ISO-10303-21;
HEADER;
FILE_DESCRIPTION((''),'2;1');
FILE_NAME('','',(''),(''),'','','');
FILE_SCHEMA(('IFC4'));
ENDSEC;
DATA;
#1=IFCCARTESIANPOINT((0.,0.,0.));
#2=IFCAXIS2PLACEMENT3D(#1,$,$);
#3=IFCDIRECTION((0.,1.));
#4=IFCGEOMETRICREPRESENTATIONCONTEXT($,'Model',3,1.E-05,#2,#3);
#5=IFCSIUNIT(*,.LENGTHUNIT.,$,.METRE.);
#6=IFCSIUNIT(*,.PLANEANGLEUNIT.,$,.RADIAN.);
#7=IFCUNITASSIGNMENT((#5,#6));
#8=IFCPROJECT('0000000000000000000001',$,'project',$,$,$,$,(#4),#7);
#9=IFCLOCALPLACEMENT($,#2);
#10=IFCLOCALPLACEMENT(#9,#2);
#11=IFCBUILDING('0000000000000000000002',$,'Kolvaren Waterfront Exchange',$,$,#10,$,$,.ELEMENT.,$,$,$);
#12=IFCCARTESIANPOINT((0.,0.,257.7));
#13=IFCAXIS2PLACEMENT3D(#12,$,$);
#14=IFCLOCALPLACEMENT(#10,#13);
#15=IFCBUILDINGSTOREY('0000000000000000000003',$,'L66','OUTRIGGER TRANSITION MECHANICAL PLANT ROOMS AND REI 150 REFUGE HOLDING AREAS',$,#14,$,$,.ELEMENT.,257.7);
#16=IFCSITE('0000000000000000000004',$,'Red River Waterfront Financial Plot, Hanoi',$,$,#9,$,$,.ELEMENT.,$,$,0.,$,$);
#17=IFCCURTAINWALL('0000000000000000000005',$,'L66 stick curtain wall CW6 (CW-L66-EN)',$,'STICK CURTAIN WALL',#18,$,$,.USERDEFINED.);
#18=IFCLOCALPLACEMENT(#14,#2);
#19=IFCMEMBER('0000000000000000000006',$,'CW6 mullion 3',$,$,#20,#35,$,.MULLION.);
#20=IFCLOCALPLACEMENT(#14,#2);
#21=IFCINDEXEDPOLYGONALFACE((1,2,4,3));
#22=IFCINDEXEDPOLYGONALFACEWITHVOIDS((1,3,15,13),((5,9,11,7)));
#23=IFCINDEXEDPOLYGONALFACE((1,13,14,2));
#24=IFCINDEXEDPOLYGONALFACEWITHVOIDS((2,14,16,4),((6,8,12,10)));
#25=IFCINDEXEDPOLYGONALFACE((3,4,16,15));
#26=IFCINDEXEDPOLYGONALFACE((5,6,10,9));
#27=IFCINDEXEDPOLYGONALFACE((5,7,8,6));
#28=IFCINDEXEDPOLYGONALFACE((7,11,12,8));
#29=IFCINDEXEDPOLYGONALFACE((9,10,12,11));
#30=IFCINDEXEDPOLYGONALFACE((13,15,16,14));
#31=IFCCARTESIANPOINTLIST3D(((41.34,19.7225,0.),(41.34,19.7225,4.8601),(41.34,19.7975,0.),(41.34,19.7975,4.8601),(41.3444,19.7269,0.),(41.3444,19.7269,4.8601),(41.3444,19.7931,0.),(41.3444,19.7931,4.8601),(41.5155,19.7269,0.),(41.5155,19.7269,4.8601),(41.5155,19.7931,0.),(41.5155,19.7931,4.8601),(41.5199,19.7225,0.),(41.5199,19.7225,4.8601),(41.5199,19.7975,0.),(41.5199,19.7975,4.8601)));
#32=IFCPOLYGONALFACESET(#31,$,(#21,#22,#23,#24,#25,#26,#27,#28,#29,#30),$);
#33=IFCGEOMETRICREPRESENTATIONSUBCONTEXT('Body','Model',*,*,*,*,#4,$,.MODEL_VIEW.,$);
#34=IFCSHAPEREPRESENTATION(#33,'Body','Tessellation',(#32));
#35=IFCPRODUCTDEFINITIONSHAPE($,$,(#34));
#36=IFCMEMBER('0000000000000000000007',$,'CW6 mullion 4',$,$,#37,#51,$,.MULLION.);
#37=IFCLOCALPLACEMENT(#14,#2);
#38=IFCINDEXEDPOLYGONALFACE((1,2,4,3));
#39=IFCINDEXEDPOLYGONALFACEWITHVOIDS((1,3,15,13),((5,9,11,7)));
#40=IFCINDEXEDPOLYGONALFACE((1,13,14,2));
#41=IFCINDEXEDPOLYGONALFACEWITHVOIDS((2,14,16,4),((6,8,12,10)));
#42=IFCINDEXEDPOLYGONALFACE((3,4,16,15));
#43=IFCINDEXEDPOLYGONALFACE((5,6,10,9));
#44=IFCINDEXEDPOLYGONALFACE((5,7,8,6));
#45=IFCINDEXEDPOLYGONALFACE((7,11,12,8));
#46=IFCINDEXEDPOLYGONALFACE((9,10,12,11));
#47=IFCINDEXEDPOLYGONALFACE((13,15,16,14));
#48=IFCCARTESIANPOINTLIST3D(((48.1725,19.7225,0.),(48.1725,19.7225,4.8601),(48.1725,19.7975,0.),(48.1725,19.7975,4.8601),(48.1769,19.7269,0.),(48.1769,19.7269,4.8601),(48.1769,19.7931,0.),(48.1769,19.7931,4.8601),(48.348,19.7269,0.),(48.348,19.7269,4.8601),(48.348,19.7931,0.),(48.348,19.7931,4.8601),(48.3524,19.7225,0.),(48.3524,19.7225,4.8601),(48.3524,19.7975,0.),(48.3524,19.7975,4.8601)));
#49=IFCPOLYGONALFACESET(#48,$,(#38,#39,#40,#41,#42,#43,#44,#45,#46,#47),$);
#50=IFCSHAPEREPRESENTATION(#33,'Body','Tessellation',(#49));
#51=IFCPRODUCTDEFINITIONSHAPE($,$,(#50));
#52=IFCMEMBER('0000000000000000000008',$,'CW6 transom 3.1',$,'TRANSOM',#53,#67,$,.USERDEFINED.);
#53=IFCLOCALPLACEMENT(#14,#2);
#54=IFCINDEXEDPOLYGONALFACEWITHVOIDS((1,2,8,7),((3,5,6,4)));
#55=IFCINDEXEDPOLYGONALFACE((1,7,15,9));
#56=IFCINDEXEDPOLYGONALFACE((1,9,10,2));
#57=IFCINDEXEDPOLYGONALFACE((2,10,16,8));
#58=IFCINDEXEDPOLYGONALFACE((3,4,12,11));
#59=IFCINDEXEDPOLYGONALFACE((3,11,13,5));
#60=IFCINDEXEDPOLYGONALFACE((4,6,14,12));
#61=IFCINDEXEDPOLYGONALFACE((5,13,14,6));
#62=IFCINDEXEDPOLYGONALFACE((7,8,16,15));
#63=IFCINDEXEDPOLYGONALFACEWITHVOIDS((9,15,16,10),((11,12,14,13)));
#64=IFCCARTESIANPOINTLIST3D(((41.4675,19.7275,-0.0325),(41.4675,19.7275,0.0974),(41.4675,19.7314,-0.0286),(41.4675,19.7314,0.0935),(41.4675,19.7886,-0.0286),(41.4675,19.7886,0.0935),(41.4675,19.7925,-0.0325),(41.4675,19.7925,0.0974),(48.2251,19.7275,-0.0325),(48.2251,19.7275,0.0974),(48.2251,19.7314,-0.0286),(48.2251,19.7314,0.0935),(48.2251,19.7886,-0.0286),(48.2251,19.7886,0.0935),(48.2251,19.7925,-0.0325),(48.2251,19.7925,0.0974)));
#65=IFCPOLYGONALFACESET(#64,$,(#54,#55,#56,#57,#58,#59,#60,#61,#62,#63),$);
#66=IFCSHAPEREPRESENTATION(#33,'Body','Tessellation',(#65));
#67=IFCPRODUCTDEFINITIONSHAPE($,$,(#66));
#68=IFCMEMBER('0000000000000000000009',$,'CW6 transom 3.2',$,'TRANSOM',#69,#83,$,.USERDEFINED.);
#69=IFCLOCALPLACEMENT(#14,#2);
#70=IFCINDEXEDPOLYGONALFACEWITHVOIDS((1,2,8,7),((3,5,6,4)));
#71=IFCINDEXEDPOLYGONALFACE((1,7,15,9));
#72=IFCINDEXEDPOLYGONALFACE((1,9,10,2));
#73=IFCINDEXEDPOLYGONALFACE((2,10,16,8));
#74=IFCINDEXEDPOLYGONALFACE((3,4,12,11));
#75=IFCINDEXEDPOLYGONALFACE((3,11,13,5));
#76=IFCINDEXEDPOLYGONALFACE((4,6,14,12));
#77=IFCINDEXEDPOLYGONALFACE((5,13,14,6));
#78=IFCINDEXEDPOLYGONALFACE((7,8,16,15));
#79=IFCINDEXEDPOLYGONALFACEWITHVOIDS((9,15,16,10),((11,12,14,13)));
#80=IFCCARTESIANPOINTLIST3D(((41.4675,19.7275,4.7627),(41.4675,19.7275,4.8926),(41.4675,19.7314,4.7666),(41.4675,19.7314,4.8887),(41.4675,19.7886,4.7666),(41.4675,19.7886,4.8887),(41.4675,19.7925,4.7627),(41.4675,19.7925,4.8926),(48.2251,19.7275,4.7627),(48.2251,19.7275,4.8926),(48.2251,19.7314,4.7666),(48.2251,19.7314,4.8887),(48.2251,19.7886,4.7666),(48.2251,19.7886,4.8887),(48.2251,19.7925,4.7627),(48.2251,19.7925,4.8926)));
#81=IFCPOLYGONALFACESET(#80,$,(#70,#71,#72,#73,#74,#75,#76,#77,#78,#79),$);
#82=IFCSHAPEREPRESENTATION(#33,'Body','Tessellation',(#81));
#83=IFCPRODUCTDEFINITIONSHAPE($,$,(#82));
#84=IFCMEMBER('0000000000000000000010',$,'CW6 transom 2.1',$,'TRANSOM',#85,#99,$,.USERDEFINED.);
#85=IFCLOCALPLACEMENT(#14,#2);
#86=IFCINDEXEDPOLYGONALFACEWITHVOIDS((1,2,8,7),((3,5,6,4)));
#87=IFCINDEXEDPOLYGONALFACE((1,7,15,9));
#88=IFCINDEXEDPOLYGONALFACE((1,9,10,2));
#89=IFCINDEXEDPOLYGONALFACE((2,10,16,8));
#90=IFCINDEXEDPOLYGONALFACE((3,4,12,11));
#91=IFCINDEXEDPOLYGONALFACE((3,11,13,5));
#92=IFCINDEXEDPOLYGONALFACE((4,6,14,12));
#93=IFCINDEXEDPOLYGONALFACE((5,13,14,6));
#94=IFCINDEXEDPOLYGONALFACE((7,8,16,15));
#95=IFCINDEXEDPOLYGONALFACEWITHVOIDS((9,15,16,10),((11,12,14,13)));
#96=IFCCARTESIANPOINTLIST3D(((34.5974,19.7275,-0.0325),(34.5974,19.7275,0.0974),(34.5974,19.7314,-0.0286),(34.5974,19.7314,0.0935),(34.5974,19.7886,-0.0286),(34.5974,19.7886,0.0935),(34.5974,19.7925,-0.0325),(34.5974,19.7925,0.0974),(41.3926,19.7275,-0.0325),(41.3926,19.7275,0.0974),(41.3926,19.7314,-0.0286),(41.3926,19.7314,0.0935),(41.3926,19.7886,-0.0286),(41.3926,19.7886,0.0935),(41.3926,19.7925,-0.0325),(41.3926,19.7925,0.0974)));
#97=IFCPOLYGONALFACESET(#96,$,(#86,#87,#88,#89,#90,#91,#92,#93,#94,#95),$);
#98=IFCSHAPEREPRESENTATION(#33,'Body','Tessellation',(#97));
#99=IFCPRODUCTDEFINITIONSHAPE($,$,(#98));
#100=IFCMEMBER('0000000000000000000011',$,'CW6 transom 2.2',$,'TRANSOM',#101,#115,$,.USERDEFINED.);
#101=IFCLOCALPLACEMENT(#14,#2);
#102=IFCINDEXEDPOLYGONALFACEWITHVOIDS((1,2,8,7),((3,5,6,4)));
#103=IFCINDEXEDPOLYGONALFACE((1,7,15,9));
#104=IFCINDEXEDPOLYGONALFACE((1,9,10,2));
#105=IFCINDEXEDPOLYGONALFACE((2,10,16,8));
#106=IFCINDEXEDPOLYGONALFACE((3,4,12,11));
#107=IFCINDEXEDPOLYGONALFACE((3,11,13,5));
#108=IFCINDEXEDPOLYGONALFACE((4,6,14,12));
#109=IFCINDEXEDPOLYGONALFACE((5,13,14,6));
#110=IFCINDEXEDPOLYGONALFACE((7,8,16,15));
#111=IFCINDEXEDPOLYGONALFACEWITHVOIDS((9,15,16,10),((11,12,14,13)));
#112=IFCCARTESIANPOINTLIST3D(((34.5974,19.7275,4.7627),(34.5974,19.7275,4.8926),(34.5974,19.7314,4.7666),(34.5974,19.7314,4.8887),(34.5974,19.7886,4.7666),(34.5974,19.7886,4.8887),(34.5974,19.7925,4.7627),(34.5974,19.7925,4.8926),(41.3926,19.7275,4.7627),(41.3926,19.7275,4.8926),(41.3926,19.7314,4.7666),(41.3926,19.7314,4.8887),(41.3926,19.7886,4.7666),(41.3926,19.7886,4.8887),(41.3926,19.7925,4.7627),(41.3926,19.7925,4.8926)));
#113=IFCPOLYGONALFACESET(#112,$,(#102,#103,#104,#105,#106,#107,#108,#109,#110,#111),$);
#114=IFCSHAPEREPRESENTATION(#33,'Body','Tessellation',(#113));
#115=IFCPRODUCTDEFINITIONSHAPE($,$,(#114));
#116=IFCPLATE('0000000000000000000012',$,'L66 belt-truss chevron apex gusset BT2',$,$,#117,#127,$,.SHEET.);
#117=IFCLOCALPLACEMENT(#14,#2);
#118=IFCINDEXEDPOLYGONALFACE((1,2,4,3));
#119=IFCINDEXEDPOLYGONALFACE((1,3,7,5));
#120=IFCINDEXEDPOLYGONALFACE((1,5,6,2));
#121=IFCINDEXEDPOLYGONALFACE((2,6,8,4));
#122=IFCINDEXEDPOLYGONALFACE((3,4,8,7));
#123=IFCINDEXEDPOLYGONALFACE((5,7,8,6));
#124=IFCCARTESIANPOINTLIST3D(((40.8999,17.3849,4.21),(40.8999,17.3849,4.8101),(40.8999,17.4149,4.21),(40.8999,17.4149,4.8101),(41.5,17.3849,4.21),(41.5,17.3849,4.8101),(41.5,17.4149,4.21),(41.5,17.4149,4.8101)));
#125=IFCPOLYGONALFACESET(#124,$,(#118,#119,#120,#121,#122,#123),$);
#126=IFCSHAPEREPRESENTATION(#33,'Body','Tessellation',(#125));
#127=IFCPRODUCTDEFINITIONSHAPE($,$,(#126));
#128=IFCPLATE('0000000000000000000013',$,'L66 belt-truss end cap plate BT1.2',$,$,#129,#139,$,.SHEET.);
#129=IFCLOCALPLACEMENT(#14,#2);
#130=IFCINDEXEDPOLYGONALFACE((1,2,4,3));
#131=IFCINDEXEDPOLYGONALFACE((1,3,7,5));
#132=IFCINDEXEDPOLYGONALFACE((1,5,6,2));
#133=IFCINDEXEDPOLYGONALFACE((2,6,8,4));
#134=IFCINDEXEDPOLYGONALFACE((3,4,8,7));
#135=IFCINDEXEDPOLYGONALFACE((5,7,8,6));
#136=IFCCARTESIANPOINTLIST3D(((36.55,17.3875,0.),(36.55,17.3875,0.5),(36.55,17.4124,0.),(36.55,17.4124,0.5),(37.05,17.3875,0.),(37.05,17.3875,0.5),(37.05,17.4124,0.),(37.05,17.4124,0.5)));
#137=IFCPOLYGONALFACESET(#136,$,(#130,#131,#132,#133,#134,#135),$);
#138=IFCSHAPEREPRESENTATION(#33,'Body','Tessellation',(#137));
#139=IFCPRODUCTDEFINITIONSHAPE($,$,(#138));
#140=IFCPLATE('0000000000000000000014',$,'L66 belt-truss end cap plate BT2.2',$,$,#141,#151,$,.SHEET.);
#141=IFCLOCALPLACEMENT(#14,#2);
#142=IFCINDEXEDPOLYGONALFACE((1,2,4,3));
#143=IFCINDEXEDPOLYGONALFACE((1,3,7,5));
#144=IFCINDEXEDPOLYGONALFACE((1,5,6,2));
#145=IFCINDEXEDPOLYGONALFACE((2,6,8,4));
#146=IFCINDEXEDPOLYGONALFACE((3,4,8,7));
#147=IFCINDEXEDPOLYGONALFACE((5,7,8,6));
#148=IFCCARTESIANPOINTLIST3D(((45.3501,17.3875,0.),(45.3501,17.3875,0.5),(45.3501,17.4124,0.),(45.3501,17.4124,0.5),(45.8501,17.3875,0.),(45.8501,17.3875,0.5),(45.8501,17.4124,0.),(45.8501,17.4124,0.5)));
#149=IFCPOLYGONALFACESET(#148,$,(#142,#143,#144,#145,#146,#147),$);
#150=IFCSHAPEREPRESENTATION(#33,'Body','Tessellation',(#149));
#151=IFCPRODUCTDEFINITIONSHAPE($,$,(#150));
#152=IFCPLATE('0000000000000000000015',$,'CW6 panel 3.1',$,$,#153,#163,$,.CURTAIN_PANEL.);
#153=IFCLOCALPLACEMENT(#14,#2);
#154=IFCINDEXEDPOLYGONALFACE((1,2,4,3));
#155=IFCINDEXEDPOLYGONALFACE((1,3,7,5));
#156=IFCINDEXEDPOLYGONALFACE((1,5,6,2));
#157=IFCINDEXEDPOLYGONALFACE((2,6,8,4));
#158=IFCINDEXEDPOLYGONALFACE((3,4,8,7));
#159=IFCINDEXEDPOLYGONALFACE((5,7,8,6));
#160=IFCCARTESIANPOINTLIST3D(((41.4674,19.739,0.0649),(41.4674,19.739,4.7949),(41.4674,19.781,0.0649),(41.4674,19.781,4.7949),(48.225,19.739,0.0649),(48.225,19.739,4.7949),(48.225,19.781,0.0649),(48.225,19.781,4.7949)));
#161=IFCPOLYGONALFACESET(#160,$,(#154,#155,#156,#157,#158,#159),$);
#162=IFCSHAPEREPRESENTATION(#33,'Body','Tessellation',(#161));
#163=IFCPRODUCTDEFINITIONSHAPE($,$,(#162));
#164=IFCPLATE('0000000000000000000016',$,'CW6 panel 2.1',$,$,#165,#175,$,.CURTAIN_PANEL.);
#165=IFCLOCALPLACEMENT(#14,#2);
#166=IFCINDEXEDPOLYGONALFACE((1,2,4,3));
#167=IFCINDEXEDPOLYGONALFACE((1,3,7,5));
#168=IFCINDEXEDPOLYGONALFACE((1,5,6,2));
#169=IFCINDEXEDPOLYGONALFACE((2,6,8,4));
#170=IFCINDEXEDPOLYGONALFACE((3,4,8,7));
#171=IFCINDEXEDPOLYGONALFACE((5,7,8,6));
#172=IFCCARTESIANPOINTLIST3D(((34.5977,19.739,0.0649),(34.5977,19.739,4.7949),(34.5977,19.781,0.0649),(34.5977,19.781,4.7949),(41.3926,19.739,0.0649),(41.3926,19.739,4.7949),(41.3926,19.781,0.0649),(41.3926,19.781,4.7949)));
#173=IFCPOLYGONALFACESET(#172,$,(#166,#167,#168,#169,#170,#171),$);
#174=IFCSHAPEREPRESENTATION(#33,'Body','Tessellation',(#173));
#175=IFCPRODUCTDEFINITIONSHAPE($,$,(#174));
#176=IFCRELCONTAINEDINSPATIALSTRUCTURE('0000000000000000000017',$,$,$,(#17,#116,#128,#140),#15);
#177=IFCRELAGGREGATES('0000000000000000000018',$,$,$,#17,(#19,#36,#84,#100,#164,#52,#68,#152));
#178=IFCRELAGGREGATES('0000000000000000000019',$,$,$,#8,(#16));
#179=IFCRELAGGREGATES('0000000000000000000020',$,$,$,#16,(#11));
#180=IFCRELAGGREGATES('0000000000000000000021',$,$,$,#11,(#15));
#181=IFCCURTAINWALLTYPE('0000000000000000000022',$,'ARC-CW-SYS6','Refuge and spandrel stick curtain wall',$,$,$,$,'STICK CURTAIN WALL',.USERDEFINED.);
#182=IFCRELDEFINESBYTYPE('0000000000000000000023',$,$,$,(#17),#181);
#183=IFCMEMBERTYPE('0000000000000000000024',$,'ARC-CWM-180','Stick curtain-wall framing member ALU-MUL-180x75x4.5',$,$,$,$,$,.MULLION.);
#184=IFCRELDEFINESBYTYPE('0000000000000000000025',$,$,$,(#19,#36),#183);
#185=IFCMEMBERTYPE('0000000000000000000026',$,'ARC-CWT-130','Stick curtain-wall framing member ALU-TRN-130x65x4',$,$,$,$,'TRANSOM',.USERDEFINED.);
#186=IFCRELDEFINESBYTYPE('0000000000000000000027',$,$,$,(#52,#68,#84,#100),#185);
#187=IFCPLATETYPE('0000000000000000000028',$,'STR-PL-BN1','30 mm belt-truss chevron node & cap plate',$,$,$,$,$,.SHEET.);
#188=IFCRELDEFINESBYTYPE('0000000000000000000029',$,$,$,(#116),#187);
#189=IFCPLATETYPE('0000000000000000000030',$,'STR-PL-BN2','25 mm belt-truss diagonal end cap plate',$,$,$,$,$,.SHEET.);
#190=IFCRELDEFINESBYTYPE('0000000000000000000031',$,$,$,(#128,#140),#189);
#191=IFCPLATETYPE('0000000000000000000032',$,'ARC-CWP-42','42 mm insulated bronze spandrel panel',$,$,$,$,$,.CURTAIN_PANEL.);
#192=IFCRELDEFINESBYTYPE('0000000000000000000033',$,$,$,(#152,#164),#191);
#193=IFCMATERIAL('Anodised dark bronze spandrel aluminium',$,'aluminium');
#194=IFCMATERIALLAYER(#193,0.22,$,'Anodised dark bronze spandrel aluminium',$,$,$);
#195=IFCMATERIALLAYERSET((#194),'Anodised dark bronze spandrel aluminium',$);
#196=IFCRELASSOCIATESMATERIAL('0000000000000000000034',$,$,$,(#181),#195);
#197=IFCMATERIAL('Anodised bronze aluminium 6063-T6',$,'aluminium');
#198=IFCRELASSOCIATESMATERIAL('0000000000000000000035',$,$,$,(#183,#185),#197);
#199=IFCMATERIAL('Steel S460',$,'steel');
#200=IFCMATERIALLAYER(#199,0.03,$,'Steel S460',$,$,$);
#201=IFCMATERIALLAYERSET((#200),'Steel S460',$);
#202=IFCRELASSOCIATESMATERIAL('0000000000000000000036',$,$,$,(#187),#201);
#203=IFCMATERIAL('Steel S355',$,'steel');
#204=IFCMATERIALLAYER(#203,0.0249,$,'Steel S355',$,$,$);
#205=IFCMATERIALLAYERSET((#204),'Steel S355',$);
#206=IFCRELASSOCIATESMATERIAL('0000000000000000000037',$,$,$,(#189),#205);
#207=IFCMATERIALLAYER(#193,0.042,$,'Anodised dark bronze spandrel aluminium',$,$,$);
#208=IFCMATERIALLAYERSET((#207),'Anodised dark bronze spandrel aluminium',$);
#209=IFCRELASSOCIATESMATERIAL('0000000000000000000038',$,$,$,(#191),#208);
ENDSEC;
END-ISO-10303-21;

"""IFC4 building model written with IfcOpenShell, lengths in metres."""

from ifc_helpers import new_model, si_unit, direction, frame, origin, origin_with_axes, origin_2d, place, context, subcontext, project, spatial, rectangle, hollow_rectangle, extrude, source, transform, mapped, material, layer, layer_set, material_profile, profile_set, type_object, element, aggregate, save


model = new_model("IFC4")

# Units and contexts
model_context = context("Model", 3, precision=1e-05, world=origin(), true_north=direction((0.0, 1.0)))
body_context = subcontext(model_context, "Body", "Model", "MODEL_VIEW")
ifc_project = project(units=[si_unit("LENGTHUNIT", "METRE"), si_unit("PLANEANGLEUNIT", "RADIAN")], contexts=[model_context])

# Site, building, storey
site_placement = place(None, origin())
site = spatial("IfcSite", under=ifc_project, at=site_placement, Name="Red River Waterfront Financial Plot, Hanoi", CompositionType="ELEMENT", RefElevation=0.0)
building_placement = place(site_placement, origin())
building = spatial("IfcBuilding", under=site, at=building_placement, Name="Kolvaren Waterfront Exchange", CompositionType="ELEMENT")
storey_placement = place(building_placement, frame((0.0, 0.0, 257.7)))
storey = spatial("IfcBuildingStorey", under=building, at=storey_placement, Name="L66", Description="OUTRIGGER TRANSITION MECHANICAL PLANT ROOMS AND REI 150 REFUGE HOLDING AREAS", CompositionType="ELEMENT", Elevation=257.7)

# Shared definitions
ifc_material_1 = material(Name="Steel S355", Category="steel")

# Shared definitions
ifc_material_2 = material(Name="Steel S460", Category="steel")

# Curtain wall, members
ifc_material_3 = material(Name="Anodised dark bronze spandrel aluminium", Category="aluminium")
ifc_layer_1 = layer(ifc_material_3, 0.22, Name="Anodised dark bronze spandrel aluminium")
ifc_layer_set_1 = layer_set([ifc_layer_1], Name="Anodised dark bronze spandrel aluminium")
curtain_wall_type = type_object("IfcCurtainWallType", Name="ARC-CW-SYS6", Description="Refuge and spandrel stick curtain wall", ElementType="STICK CURTAIN WALL", PredefinedType="USERDEFINED", material=ifc_layer_set_1)
curtain_wall_placement = place(storey_placement, origin())
curtain_wall = element("IfcCurtainWall", 1, at=curtain_wall_placement, inside=storey, type_object=curtain_wall_type, Name="L66 stick curtain wall CW6 (CW-L66-EN)", ObjectType="STICK CURTAIN WALL", PredefinedType="USERDEFINED")
ifc_material_4 = material(Name="Anodised bronze aluminium 6063-T6", Category="aluminium")
ifc_material_profile_1 = material_profile(ifc_material_4, hollow_rectangle(XDim=0.075, YDim=0.1799, WallThickness=0.0044, at=origin_2d()), Name="ALU-MUL-180x75x4.5")
ifc_profile_set_1 = profile_set([ifc_material_profile_1], Name="Anodised bronze aluminium 6063-T6")
member_type_1 = type_object("IfcMemberType", Name="ARC-CWM-180", Description="Stick curtain-wall framing member ALU-MUL-180x75x4.5", PredefinedType="MULLION", material=ifc_profile_set_1)
shared_shape_1 = source(origin_with_axes(), body_context, "Body", "SweptSolid", [
    extrude(hollow_rectangle(XDim=0.075, YDim=0.1799, WallThickness=0.0044, at=origin_2d()), origin(), (0.0, 0.0, 1.0), 4.8601),
])
member_1_placement = place(storey_placement, frame((41.4299, 19.76, 0.0), z_axis=(0.0, 0.0, 1.0), x_axis=(0.0, 1.0, 0.0)))
member_1 = element("IfcMember", 2, at=member_1_placement, type_object=member_type_1, Name="CW6 mullion 3", PredefinedType="MULLION", context=body_context, shape_type="MappedRepresentation", body=[
    mapped(shared_shape_1, transform((0.0, 0.0, 0.0), x_axis=(1.0, 0.0, 0.0), y_axis=(0.0, 1.0, 0.0), z_axis=(0.0, 0.0, 1.0), scale=1.0)),
])
member_2_placement = place(storey_placement, frame((48.2625, 19.76, 0.0), z_axis=(0.0, 0.0, 1.0), x_axis=(0.0, 1.0, 0.0)))
member_2 = element("IfcMember", 3, at=member_2_placement, type_object=member_type_1, Name="CW6 mullion 4", PredefinedType="MULLION", context=body_context, shape_type="MappedRepresentation", body=[
    mapped(shared_shape_1, transform((0.0, 0.0, 0.0), x_axis=(1.0, 0.0, 0.0), y_axis=(0.0, 1.0, 0.0), z_axis=(0.0, 0.0, 1.0), scale=1.0)),
])
ifc_material_profile_2 = material_profile(ifc_material_4, hollow_rectangle(XDim=0.0649, YDim=0.1299, WallThickness=0.0039, at=origin_2d()), Name="ALU-TRN-130x65x4")
ifc_profile_set_2 = profile_set([ifc_material_profile_2], Name="Anodised bronze aluminium 6063-T6")
member_type_2 = type_object("IfcMemberType", Name="ARC-CWT-130", Description="Stick curtain-wall framing member ALU-TRN-130x65x4", ElementType="TRANSOM", PredefinedType="USERDEFINED", material=ifc_profile_set_2)
shared_shape_2 = source(origin_with_axes(), body_context, "Body", "SweptSolid", [
    extrude(hollow_rectangle(XDim=0.0649, YDim=0.1299, WallThickness=0.0039, at=origin_2d()), origin(), (0.0, 0.0, 1.0), 6.7576),
])
member_3_placement = place(storey_placement, frame((41.4675, 19.76, 0.0325), z_axis=(1.0, 0.0, 0.0), x_axis=(0.0, 1.0, 0.0)))
member_3 = element("IfcMember", 4, at=member_3_placement, type_object=member_type_2, Name="CW6 transom 3.1", ObjectType="TRANSOM", PredefinedType="USERDEFINED", context=body_context, shape_type="MappedRepresentation", body=[
    mapped(shared_shape_2, transform((0.0, 0.0, 0.0), x_axis=(1.0, 0.0, 0.0), y_axis=(0.0, 1.0, 0.0), z_axis=(0.0, 0.0, 1.0), scale=1.0)),
])
member_4_placement = place(storey_placement, frame((41.4675, 19.76, 4.8276), z_axis=(1.0, 0.0, 0.0), x_axis=(0.0, 1.0, 0.0)))
member_4 = element("IfcMember", 5, at=member_4_placement, type_object=member_type_2, Name="CW6 transom 3.2", ObjectType="TRANSOM", PredefinedType="USERDEFINED", context=body_context, shape_type="MappedRepresentation", body=[
    mapped(shared_shape_2, transform((0.0, 0.0, 0.0), x_axis=(1.0, 0.0, 0.0), y_axis=(0.0, 1.0, 0.0), z_axis=(0.0, 0.0, 1.0), scale=1.0)),
])
shared_shape_3 = source(origin_with_axes(), body_context, "Body", "SweptSolid", [
    extrude(hollow_rectangle(XDim=0.0649, YDim=0.1299, WallThickness=0.0039, at=origin_2d()), origin(), (0.0, 0.0, 1.0), 6.7952),
])
member_5_placement = place(storey_placement, frame((34.5974, 19.76, 0.0325), z_axis=(1.0, 0.0, 0.0), x_axis=(0.0, 1.0, 0.0)))
member_5 = element("IfcMember", 6, at=member_5_placement, type_object=member_type_2, Name="CW6 transom 2.1", ObjectType="TRANSOM", PredefinedType="USERDEFINED", context=body_context, shape_type="MappedRepresentation", body=[
    mapped(shared_shape_3, transform((0.0, 0.0, 0.0), x_axis=(1.0, 0.0, 0.0), y_axis=(0.0, 1.0, 0.0), z_axis=(0.0, 0.0, 1.0), scale=1.0)),
])
member_6_placement = place(storey_placement, frame((34.5974, 19.76, 4.8276), z_axis=(1.0, 0.0, 0.0), x_axis=(0.0, 1.0, 0.0)))
member_6 = element("IfcMember", 7, at=member_6_placement, type_object=member_type_2, Name="CW6 transom 2.2", ObjectType="TRANSOM", PredefinedType="USERDEFINED", context=body_context, shape_type="MappedRepresentation", body=[
    mapped(shared_shape_3, transform((0.0, 0.0, 0.0), x_axis=(1.0, 0.0, 0.0), y_axis=(0.0, 1.0, 0.0), z_axis=(0.0, 0.0, 1.0), scale=1.0)),
])

# Plates
ifc_layer_2 = layer(ifc_material_2, 0.03, Name="Steel S460")
ifc_layer_set_2 = layer_set([ifc_layer_2], Name="Steel S460")
plate_type_1 = type_object("IfcPlateType", Name="STR-PL-BN1", Description="30 mm belt-truss chevron node & cap plate", PredefinedType="SHEET", material=ifc_layer_set_2)
shared_shape_4 = source(origin_with_axes(), body_context, "Body", "SweptSolid", [
    extrude(rectangle(XDim=0.6001, YDim=0.03, at=origin_2d()), origin(), (0.0, 0.0, 1.0), 0.6001),
])
plate_1_placement = place(storey_placement, frame((41.2, 17.3999, 4.21), z_axis=(0.0, 0.0, 1.0), x_axis=(1.0, 0.0, 0.0)))
element("IfcPlate", 8, at=plate_1_placement, inside=storey, type_object=plate_type_1, Name="L66 belt-truss chevron apex gusset BT2", PredefinedType="SHEET", context=body_context, shape_type="MappedRepresentation", body=[
    mapped(shared_shape_4, transform((0.0, 0.0, 0.0), x_axis=(1.0, 0.0, 0.0), y_axis=(0.0, 1.0, 0.0), z_axis=(0.0, 0.0, 1.0), scale=1.0)),
])
ifc_layer_3 = layer(ifc_material_1, 0.0249, Name="Steel S355")
ifc_layer_set_3 = layer_set([ifc_layer_3], Name="Steel S355")
plate_type_2 = type_object("IfcPlateType", Name="STR-PL-BN2", Description="25 mm belt-truss diagonal end cap plate", PredefinedType="SHEET", material=ifc_layer_set_3)
shared_shape_5 = source(origin_with_axes(), body_context, "Body", "SweptSolid", [
    extrude(rectangle(XDim=0.5, YDim=0.0249, at=origin_2d()), origin(), (0.0, 0.0, 1.0), 0.5),
])
for number, where, z_axis, x_axis, name in (
    (9, (36.8, 17.3999, 0.0), (0.0, 0.0, 1.0), (1.0, 0.0, 0.0), "L66 belt-truss end cap plate BT1.2"),
    (10, (45.6001, 17.3999, 0.0), (0.0, 0.0, 1.0), (1.0, 0.0, 0.0), "L66 belt-truss end cap plate BT2.2"),
):
    element("IfcPlate", number, at=place(storey_placement, frame(where, z_axis=z_axis, x_axis=x_axis)), inside=storey, type_object=plate_type_2, Name=name, PredefinedType="SHEET", context=body_context, shape_type="MappedRepresentation", body=[
        mapped(shared_shape_5, transform((0.0, 0.0, 0.0), x_axis=(1.0, 0.0, 0.0), y_axis=(0.0, 1.0, 0.0), z_axis=(0.0, 0.0, 1.0), scale=1.0)),
    ])

# Plates
ifc_layer_4 = layer(ifc_material_3, 0.042, Name="Anodised dark bronze spandrel aluminium")
ifc_layer_set_4 = layer_set([ifc_layer_4], Name="Anodised dark bronze spandrel aluminium")
plate_type_3 = type_object("IfcPlateType", Name="ARC-CWP-42", Description="42 mm insulated bronze spandrel panel", PredefinedType="CURTAIN_PANEL", material=ifc_layer_set_4)
shared_shape_6 = source(origin_with_axes(), body_context, "Body", "SweptSolid", [
    extrude(rectangle(XDim=6.7576, YDim=0.042, at=origin_2d()), origin(), (0.0, 0.0, 1.0), 4.73),
])
plate_2_placement = place(storey_placement, frame((44.8462, 19.76, 0.0649), z_axis=(0.0, 0.0, 1.0), x_axis=(1.0, 0.0, 0.0)))
plate_2 = element("IfcPlate", 11, at=plate_2_placement, type_object=plate_type_3, Name="CW6 panel 3.1", PredefinedType="CURTAIN_PANEL", context=body_context, shape_type="MappedRepresentation", body=[
    mapped(shared_shape_6, transform((0.0, 0.0, 0.0), x_axis=(1.0, 0.0, 0.0), y_axis=(0.0, 1.0, 0.0), z_axis=(0.0, 0.0, 1.0), scale=1.0)),
])
shared_shape_7 = source(origin_with_axes(), body_context, "Body", "SweptSolid", [
    extrude(rectangle(XDim=6.7949, YDim=0.042, at=origin_2d()), origin(), (0.0, 0.0, 1.0), 4.73),
])
plate_3_placement = place(storey_placement, frame((37.9951, 19.76, 0.0649), z_axis=(0.0, 0.0, 1.0), x_axis=(1.0, 0.0, 0.0)))
plate_3 = element("IfcPlate", 12, at=plate_3_placement, type_object=plate_type_3, Name="CW6 panel 2.1", PredefinedType="CURTAIN_PANEL", context=body_context, shape_type="MappedRepresentation", body=[
    mapped(shared_shape_7, transform((0.0, 0.0, 0.0), x_axis=(1.0, 0.0, 0.0), y_axis=(0.0, 1.0, 0.0), z_axis=(0.0, 0.0, 1.0), scale=1.0)),
])
aggregate(curtain_wall, [member_1, member_2, member_5, member_6, plate_3, member_3, member_4, plate_2])

save(model, "model.ifc")
